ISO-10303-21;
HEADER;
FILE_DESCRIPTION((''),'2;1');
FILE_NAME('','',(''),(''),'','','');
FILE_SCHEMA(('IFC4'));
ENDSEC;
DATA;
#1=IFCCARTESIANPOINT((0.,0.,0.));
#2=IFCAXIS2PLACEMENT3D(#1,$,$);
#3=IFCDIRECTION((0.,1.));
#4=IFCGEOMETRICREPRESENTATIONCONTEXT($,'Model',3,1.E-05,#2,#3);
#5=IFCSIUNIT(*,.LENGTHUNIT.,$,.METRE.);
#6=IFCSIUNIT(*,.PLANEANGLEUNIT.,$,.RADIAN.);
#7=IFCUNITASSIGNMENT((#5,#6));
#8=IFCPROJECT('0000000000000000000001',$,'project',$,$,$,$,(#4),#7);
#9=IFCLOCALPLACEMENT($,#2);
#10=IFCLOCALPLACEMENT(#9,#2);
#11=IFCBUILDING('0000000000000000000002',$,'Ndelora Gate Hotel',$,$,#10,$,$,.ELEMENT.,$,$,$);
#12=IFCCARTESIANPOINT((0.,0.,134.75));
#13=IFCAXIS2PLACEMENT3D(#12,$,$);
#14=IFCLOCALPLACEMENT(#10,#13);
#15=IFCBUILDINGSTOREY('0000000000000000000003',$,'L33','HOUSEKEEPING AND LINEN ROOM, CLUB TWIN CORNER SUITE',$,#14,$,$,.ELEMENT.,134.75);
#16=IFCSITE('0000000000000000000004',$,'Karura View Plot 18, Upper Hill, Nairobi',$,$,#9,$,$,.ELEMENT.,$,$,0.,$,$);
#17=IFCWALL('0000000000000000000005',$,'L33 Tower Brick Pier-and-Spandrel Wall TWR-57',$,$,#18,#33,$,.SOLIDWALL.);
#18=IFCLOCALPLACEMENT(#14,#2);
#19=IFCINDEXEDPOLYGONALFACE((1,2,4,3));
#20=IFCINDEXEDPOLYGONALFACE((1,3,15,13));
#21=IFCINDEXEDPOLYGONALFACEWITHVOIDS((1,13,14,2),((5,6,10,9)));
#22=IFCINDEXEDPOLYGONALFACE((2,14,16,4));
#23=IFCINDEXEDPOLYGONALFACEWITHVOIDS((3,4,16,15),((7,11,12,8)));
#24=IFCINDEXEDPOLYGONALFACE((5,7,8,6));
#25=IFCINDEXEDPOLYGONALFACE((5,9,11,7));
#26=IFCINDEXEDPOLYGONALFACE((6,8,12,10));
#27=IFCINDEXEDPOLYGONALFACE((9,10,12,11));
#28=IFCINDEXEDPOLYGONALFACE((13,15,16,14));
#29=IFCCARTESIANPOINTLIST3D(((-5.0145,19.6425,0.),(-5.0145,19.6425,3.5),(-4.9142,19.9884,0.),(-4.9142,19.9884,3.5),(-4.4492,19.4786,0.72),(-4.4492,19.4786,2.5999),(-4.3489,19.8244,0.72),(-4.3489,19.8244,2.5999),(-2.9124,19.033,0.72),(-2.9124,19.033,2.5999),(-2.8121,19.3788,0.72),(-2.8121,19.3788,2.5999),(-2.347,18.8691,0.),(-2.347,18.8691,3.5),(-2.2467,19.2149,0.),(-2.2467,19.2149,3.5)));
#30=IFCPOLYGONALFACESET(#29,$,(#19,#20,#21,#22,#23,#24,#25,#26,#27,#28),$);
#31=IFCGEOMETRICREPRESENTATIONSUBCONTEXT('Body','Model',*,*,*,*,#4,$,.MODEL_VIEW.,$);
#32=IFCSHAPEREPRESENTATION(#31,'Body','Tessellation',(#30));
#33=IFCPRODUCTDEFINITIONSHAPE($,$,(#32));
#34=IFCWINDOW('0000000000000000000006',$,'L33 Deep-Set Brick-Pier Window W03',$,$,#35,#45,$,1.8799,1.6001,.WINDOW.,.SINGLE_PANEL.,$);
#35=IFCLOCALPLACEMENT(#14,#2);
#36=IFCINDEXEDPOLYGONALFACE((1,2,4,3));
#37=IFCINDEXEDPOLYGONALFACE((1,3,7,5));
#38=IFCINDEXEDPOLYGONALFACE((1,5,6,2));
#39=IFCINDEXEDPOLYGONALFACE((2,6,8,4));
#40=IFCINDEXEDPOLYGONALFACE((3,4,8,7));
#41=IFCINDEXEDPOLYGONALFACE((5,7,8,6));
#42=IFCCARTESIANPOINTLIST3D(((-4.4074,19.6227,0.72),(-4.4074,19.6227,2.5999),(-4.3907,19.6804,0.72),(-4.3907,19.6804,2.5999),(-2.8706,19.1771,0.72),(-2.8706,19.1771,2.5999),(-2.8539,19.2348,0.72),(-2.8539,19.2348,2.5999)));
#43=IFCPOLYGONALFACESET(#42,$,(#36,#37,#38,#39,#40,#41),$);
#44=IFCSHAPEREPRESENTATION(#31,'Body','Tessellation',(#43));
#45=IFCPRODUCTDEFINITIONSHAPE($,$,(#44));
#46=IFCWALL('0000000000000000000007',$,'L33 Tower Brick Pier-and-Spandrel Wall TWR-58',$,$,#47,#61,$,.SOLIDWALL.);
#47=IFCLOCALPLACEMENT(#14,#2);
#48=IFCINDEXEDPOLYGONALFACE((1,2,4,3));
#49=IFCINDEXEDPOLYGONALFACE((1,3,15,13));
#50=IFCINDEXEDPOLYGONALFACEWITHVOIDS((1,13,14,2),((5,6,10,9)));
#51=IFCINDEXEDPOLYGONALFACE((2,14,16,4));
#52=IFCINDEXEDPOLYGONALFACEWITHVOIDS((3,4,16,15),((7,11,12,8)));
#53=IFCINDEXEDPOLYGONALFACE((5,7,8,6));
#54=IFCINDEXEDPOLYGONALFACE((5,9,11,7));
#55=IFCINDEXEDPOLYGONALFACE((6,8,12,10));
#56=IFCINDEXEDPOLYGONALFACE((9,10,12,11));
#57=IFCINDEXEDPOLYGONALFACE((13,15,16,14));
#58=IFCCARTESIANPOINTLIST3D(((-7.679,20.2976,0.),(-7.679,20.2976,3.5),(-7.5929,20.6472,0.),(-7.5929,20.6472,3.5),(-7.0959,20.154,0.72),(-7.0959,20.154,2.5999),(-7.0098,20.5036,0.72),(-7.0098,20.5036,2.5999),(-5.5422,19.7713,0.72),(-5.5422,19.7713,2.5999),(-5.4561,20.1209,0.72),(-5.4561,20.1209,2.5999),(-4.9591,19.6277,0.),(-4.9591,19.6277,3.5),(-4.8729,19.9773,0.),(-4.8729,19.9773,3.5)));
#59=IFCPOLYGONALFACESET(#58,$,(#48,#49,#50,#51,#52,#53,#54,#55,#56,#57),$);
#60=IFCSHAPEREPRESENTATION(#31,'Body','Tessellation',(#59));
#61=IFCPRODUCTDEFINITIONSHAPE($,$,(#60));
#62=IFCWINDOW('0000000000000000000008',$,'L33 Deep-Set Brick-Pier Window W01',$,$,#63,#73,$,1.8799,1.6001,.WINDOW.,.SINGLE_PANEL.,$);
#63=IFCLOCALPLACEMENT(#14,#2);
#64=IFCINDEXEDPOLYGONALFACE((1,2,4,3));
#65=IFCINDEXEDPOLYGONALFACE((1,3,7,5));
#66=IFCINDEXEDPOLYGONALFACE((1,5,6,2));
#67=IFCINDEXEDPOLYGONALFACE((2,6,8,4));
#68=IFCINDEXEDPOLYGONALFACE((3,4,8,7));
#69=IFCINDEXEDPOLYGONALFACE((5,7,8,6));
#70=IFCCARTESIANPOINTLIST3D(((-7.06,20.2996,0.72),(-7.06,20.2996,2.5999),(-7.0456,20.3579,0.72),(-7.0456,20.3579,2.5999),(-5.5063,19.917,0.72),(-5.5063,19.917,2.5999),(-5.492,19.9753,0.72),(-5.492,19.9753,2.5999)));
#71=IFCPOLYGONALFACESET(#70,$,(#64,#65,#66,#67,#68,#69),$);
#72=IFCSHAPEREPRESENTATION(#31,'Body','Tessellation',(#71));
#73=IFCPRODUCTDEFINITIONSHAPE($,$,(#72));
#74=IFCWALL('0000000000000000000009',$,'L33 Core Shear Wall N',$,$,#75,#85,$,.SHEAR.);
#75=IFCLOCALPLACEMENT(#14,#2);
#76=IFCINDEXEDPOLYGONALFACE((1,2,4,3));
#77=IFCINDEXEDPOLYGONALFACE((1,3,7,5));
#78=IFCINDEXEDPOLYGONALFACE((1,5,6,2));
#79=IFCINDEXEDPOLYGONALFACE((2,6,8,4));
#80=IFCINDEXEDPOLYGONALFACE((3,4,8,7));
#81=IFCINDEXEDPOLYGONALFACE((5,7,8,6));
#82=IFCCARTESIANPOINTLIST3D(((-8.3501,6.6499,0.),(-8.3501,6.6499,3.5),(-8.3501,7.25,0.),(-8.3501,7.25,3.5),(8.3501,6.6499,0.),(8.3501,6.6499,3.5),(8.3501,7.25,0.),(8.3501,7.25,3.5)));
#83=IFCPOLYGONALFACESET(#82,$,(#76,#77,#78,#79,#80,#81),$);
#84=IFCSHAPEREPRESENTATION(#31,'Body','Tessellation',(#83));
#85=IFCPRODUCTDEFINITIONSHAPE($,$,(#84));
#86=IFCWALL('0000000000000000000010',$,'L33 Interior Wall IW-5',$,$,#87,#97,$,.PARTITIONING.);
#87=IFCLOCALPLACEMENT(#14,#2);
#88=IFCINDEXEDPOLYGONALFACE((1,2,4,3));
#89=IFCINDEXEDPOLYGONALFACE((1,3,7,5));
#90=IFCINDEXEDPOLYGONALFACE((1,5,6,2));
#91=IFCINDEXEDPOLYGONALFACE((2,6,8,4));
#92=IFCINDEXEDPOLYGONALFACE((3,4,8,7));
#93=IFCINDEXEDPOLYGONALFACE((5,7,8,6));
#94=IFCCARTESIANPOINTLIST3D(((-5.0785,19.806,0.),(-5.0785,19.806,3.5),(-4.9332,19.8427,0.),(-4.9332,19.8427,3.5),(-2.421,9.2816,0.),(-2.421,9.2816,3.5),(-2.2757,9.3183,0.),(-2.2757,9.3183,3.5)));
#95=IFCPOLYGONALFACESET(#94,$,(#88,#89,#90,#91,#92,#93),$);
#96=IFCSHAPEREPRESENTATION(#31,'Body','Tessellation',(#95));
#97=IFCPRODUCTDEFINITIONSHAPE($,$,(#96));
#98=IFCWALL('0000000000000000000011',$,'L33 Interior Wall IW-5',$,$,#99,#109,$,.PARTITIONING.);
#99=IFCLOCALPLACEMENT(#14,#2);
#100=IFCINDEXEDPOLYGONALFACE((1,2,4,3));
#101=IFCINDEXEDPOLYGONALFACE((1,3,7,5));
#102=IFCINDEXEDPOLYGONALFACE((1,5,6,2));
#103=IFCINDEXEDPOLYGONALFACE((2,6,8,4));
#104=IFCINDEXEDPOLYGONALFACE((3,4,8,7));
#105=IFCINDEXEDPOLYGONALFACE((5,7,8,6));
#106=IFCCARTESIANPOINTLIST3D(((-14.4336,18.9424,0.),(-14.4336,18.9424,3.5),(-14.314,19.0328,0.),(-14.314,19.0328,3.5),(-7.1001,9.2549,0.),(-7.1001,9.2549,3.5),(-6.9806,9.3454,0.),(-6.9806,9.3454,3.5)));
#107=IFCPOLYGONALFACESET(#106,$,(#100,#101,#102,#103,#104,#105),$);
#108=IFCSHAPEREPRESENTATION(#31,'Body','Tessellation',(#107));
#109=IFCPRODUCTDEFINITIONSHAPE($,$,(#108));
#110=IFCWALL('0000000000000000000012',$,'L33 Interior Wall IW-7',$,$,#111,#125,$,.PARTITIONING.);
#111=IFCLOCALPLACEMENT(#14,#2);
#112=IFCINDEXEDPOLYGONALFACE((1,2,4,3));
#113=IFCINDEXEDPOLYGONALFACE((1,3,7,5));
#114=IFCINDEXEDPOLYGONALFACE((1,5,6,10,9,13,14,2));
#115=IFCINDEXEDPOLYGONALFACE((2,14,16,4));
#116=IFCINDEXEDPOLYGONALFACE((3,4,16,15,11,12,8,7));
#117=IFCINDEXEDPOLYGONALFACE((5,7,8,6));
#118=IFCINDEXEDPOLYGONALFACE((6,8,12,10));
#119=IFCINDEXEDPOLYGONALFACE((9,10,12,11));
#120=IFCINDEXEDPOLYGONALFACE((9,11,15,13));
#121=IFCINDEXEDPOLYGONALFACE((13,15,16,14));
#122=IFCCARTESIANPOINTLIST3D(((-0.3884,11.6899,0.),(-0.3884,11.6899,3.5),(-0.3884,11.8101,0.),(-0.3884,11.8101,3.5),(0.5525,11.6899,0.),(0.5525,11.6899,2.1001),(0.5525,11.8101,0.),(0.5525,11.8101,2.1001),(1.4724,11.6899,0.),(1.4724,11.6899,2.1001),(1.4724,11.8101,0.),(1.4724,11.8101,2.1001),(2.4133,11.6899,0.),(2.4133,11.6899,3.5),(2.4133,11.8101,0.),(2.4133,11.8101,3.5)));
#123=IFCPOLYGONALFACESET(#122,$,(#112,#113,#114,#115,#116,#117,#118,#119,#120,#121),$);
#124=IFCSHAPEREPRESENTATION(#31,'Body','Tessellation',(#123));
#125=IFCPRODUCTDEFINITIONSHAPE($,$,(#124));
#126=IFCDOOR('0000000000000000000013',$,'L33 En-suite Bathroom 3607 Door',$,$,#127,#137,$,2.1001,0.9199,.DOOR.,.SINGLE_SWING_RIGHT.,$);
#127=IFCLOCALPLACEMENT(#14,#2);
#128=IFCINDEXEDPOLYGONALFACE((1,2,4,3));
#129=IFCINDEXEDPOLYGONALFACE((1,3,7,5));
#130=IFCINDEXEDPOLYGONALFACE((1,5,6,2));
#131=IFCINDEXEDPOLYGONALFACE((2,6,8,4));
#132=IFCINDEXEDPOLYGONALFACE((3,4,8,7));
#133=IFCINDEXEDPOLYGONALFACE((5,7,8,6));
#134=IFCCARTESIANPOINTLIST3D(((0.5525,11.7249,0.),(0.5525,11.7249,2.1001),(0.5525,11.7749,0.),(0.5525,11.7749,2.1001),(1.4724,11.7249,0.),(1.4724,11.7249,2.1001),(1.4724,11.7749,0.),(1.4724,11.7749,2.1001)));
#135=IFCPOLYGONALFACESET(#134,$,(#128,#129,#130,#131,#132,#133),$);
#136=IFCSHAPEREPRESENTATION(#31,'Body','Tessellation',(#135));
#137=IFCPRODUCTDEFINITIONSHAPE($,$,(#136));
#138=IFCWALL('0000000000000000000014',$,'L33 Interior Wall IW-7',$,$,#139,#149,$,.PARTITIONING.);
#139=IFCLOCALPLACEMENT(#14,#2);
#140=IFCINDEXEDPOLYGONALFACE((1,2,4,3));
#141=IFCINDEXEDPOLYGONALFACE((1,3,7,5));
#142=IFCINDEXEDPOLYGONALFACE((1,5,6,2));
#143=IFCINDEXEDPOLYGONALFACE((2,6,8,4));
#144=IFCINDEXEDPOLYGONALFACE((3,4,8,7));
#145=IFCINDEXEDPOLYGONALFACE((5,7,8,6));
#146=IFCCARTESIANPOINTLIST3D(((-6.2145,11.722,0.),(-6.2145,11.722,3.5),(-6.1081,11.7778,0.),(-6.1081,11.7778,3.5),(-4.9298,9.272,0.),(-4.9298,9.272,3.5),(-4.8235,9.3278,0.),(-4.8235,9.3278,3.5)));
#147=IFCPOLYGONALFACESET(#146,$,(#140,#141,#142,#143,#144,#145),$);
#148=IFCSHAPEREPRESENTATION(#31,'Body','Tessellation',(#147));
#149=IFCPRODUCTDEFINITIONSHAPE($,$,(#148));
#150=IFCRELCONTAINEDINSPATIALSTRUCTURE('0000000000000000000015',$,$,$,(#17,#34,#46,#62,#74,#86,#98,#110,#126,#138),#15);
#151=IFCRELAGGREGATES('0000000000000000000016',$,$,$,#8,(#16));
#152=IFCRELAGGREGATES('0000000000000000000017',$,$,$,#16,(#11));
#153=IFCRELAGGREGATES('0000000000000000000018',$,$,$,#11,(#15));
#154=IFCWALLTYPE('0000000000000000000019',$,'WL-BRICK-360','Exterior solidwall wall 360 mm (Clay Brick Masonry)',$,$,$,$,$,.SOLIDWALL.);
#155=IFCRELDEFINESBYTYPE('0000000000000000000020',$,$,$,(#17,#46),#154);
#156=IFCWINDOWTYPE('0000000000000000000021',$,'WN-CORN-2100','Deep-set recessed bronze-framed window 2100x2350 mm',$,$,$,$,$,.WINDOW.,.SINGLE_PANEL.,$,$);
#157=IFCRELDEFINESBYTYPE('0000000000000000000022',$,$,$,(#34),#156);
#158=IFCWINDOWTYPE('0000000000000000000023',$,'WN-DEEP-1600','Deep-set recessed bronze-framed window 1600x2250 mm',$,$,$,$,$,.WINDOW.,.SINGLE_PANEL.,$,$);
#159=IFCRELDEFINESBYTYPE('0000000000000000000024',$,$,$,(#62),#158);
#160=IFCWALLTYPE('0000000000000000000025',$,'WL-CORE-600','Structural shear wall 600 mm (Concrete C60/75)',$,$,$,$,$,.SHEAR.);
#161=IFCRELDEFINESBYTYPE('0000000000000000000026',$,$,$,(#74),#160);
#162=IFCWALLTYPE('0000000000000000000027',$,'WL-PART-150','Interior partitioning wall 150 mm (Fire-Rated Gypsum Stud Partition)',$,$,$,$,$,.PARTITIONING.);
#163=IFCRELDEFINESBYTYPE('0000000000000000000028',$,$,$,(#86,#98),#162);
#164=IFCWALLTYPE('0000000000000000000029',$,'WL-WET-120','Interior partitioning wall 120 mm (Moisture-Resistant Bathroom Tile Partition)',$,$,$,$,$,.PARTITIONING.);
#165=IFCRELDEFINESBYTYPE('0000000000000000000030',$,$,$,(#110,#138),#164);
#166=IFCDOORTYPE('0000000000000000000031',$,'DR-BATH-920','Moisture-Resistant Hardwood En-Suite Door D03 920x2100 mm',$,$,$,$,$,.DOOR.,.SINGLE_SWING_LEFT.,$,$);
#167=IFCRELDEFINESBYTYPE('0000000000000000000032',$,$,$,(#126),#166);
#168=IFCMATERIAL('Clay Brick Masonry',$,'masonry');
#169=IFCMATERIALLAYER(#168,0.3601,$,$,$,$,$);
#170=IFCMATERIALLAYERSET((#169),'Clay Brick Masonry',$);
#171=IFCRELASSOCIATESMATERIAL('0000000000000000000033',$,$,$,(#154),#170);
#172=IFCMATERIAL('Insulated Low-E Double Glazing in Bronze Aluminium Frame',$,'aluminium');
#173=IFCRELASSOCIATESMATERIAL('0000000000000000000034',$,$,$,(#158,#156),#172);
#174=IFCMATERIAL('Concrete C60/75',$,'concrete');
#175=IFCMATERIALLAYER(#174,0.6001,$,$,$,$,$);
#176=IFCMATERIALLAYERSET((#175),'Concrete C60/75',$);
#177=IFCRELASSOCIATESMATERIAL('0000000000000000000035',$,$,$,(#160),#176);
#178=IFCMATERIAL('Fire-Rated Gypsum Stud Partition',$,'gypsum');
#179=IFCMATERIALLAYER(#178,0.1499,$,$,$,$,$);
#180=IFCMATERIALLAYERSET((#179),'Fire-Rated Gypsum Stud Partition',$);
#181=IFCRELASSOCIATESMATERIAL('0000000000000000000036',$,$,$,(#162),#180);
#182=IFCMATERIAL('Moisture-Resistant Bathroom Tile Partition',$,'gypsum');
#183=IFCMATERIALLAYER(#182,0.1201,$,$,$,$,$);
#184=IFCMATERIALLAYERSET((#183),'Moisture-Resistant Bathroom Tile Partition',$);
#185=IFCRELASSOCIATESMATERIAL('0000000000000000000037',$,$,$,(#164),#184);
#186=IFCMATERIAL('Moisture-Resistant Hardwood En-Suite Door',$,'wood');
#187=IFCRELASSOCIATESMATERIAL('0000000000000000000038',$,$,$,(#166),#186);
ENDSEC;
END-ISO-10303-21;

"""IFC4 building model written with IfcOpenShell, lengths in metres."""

from ifc_helpers import new_model, si_unit, direction, frame, frame_2d, origin, place, context, subcontext, project, spatial, rectangle, extrude, material, layer, layer_set, type_object, element, fill, save


model = new_model("IFC4")

# Units and contexts
model_context = context("Model", 3, precision=1e-05, world=origin(), true_north=direction((0.0, 1.0)))
body_context = subcontext(model_context, "Body", "Model", "MODEL_VIEW")
ifc_project = project(units=[si_unit("LENGTHUNIT", "METRE"), si_unit("PLANEANGLEUNIT", "RADIAN")], contexts=[model_context])

# Site, building, storey
site_placement = place(None, origin())
site = spatial("IfcSite", under=ifc_project, at=site_placement, Name="Karura View Plot 18, Upper Hill, Nairobi", CompositionType="ELEMENT", RefElevation=0.0)
building_placement = place(site_placement, origin())
building = spatial("IfcBuilding", under=site, at=building_placement, Name="Ndelora Gate Hotel", CompositionType="ELEMENT")
storey_placement = place(building_placement, frame((0.0, 0.0, 134.75)))
storey = spatial("IfcBuildingStorey", under=building, at=storey_placement, Name="L33", Description="HOUSEKEEPING AND LINEN ROOM, CLUB TWIN CORNER SUITE", CompositionType="ELEMENT", Elevation=134.75)

# Shared definitions
ifc_material_1 = material(Name="Concrete C60/75", Category="concrete")

# Shared definitions
ifc_material_2 = material(Name="Clay Brick Masonry", Category="masonry")
ifc_layer_1 = layer(ifc_material_2, 0.3601)
ifc_layer_set_1 = layer_set([ifc_layer_1], Name="Clay Brick Masonry")
wall_type_1 = type_object("IfcWallType", Name="WL-BRICK-360", Description="Exterior solidwall wall 360 mm (Clay Brick Masonry)", PredefinedType="SOLIDWALL", material=ifc_layer_set_1)

# Walls, openings, windows
ifc_material_3 = material(Name="Insulated Low-E Double Glazing in Bronze Aluminium Frame", Category="aluminium")
window_type_1 = type_object("IfcWindowType", Name="WN-DEEP-1600", Description="Deep-set recessed bronze-framed window 1600x2250 mm", PartitioningType="SINGLE_PANEL", PredefinedType="WINDOW", material=ifc_material_3)
wall_1_placement = place(storey_placement, frame((-4.9644, 19.8154, 0.0), z_axis=(0.0, 0.0, 1.0), x_axis=(0.960442, -0.278481, 0.0)))
wall_1 = element("IfcWall", 1, at=wall_1_placement, inside=storey, type_object=wall_type_1, Name="L33 Tower Brick Pier-and-Spandrel Wall TWR-57", PredefinedType="SOLIDWALL", context=body_context, shape_type="SweptSolid", body=[
    extrude(rectangle(XDim=2.7773, YDim=0.3601, at=frame_2d((1.3887, 0.0))), origin(), (0.0, 0.0, 1.0), 3.5),
])
opening_1_placement = place(wall_1_placement, frame((0.5886, 0.0, 0.72)))
opening_1 = element("IfcOpeningElement", 2, at=opening_1_placement, cuts=wall_1, PredefinedType="OPENING", context=body_context, shape_type="SweptSolid", body=[
    extrude(rectangle(XDim=1.6001, YDim=1.8799, at=frame_2d((0.8, 0.9399))), frame((0.0, 0.1899, 0.0), z_axis=(0.0, -1.0, 0.0), x_axis=(1.0, 0.0, 0.0)), (0.0, 0.0, 1.0), 0.3801),
])
window_type_2 = type_object("IfcWindowType", Name="WN-CORN-2100", Description="Deep-set recessed bronze-framed window 2100x2350 mm", PartitioningType="SINGLE_PANEL", PredefinedType="WINDOW", material=ifc_material_3)
window_1_placement = place(opening_1_placement, origin())
window_1 = element("IfcWindow", 3, at=window_1_placement, inside=storey, type_object=window_type_2, Name="L33 Deep-Set Brick-Pier Window W03", OverallHeight=1.8799, OverallWidth=1.6001, PartitioningType="SINGLE_PANEL", PredefinedType="WINDOW", context=body_context, shape_type="SweptSolid", body=[
    extrude(rectangle(XDim=1.6001, YDim=1.8799, at=frame_2d((0.8, 0.9399))), frame((0.0, 0.03, 0.0), z_axis=(0.0, -1.0, 0.0), x_axis=(1.0, 0.0, 0.0)), (0.0, 0.0, 1.0), 0.0601),
])
fill(opening_1, window_1)
wall_2_placement = place(storey_placement, frame((-7.636, 20.4724, 0.0), z_axis=(0.0, 0.0, 1.0), x_axis=(0.970983, -0.239151, 0.0)))
wall_2 = element("IfcWall", 4, at=wall_2_placement, inside=storey, type_object=wall_type_1, Name="L33 Tower Brick Pier-and-Spandrel Wall TWR-58", PredefinedType="SOLIDWALL", context=body_context, shape_type="SweptSolid", body=[
    extrude(rectangle(XDim=2.8013, YDim=0.3601, at=frame_2d((1.4006, 0.0))), origin(), (0.0, 0.0, 1.0), 3.5),
])
opening_2_placement = place(wall_2_placement, frame((0.6006, 0.0, 0.72)))
opening_2 = element("IfcOpeningElement", 5, at=opening_2_placement, cuts=wall_2, PredefinedType="OPENING", context=body_context, shape_type="SweptSolid", body=[
    extrude(rectangle(XDim=1.6001, YDim=1.8799, at=frame_2d((0.8, 0.9399))), frame((0.0, 0.1899, 0.0), z_axis=(0.0, -1.0, 0.0), x_axis=(1.0, 0.0, 0.0)), (0.0, 0.0, 1.0), 0.3801),
])
window_2_placement = place(opening_2_placement, origin())
window_2 = element("IfcWindow", 6, at=window_2_placement, inside=storey, type_object=window_type_1, Name="L33 Deep-Set Brick-Pier Window W01", OverallHeight=1.8799, OverallWidth=1.6001, PartitioningType="SINGLE_PANEL", PredefinedType="WINDOW", context=body_context, shape_type="SweptSolid", body=[
    extrude(rectangle(XDim=1.6001, YDim=1.8799, at=frame_2d((0.8, 0.9399))), frame((0.0, 0.03, 0.0), z_axis=(0.0, -1.0, 0.0), x_axis=(1.0, 0.0, 0.0)), (0.0, 0.0, 1.0), 0.0601),
])
fill(opening_2, window_2)

# Wall
ifc_layer_2 = layer(ifc_material_1, 0.6001)
ifc_layer_set_2 = layer_set([ifc_layer_2], Name="Concrete C60/75")
wall_type_2 = type_object("IfcWallType", Name="WL-CORE-600", Description="Structural shear wall 600 mm (Concrete C60/75)", PredefinedType="SHEAR", material=ifc_layer_set_2)
wall_3_placement = place(storey_placement, frame((-8.3501, 6.95, 0.0), z_axis=(0.0, 0.0, 1.0), x_axis=(1.0, 0.0, 0.0)))
element("IfcWall", 7, at=wall_3_placement, inside=storey, type_object=wall_type_2, Name="L33 Core Shear Wall N", PredefinedType="SHEAR", context=body_context, shape_type="SweptSolid", body=[
    extrude(rectangle(XDim=16.7002, YDim=0.6001, at=frame_2d((8.3501, 0.0))), origin(), (0.0, 0.0, 1.0), 3.5),
])

# Shared definitions
ifc_material_4 = material(Name="Fire-Rated Gypsum Stud Partition", Category="gypsum")
ifc_layer_3 = layer(ifc_material_4, 0.1499)
ifc_layer_set_3 = layer_set([ifc_layer_3], Name="Fire-Rated Gypsum Stud Partition")
wall_type_3 = type_object("IfcWallType", Name="WL-PART-150", Description="Interior partitioning wall 150 mm (Fire-Rated Gypsum Stud Partition)", PredefinedType="PARTITIONING", material=ifc_layer_set_3)

# Walls
wall_4_placement = place(storey_placement, frame((-2.3484, 9.3, 0.0), z_axis=(0.0, 0.0, 1.0), x_axis=(-0.244821, 0.969568, 0.0)))
element("IfcWall", 8, at=wall_4_placement, inside=storey, type_object=wall_type_3, Name="L33 Interior Wall IW-5", PredefinedType="PARTITIONING", context=body_context, shape_type="SweptSolid", body=[
    extrude(rectangle(XDim=10.8547, YDim=0.1499, at=frame_2d((5.4272, 0.0))), origin(), (0.0, 0.0, 1.0), 3.5),
])
wall_5_placement = place(storey_placement, frame((-7.0403, 9.3, 0.0), z_axis=(0.0, 0.0, 1.0), x_axis=(-0.603569, 0.797311, 0.0)))
element("IfcWall", 9, at=wall_5_placement, inside=storey, type_object=wall_type_3, Name="L33 Interior Wall IW-5", PredefinedType="PARTITIONING", context=body_context, shape_type="SweptSolid", body=[
    extrude(rectangle(XDim=12.1501, YDim=0.1499, at=frame_2d((6.0752, 0.0))), origin(), (0.0, 0.0, 1.0), 3.5),
])

# Wall, opening, door
ifc_material_5 = material(Name="Moisture-Resistant Bathroom Tile Partition", Category="gypsum")
ifc_layer_4 = layer(ifc_material_5, 0.1201)
ifc_layer_set_4 = layer_set([ifc_layer_4], Name="Moisture-Resistant Bathroom Tile Partition")
wall_type_4 = type_object("IfcWallType", Name="WL-WET-120", Description="Interior partitioning wall 120 mm (Moisture-Resistant Bathroom Tile Partition)", PredefinedType="PARTITIONING", material=ifc_layer_set_4)
wall_6_placement = place(storey_placement, frame((-0.3884, 11.75, 0.0), z_axis=(0.0, 0.0, 1.0), x_axis=(1.0, 0.0, 0.0)))
wall_6 = element("IfcWall", 10, at=wall_6_placement, inside=storey, type_object=wall_type_4, Name="L33 Interior Wall IW-7", PredefinedType="PARTITIONING", context=body_context, shape_type="SweptSolid", body=[
    extrude(rectangle(XDim=2.8018, YDim=0.1201, at=frame_2d((1.4009, 0.0))), origin(), (0.0, 0.0, 1.0), 3.5),
])
opening_3_placement = place(wall_6_placement, frame((0.9409, 0.0, 0.0)))
opening_3 = element("IfcOpeningElement", 11, at=opening_3_placement, cuts=wall_6, PredefinedType="OPENING", context=body_context, shape_type="SweptSolid", body=[
    extrude(rectangle(XDim=0.9199, YDim=2.1001, at=frame_2d((0.46, 1.05))), frame((0.0, 0.0701, 0.0), z_axis=(0.0, -1.0, 0.0), x_axis=(1.0, 0.0, 0.0)), (0.0, 0.0, 1.0), 0.1401),
])
ifc_material_6 = material(Name="Moisture-Resistant Hardwood En-Suite Door", Category="wood")
door_type_1 = type_object("IfcDoorType", Name="DR-BATH-920", Description="Moisture-Resistant Hardwood En-Suite Door D03 920x2100 mm", OperationType="SINGLE_SWING_LEFT", PredefinedType="DOOR", material=ifc_material_6)
door_1_placement = place(opening_3_placement, origin())
door_1 = element("IfcDoor", 12, at=door_1_placement, inside=storey, type_object=door_type_1, Name="L33 En-suite Bathroom 3607 Door", OperationType="SINGLE_SWING_RIGHT", OverallHeight=2.1001, OverallWidth=0.9199, PredefinedType="DOOR", context=body_context, shape_type="SweptSolid", body=[
    extrude(rectangle(XDim=0.9199, YDim=2.1001, at=frame_2d((0.46, 1.05))), frame((0.0, 0.0249, 0.0), z_axis=(0.0, -1.0, 0.0), x_axis=(1.0, 0.0, 0.0)), (0.0, 0.0, 1.0), 0.05),
])
fill(opening_3, door_1)

# Wall
wall_7_placement = place(storey_placement, frame((-6.1614, 11.75, 0.0), z_axis=(0.0, 0.0, 1.0), x_axis=(0.464393, -0.885629, 0.0)))
element("IfcWall", 13, at=wall_7_placement, inside=storey, type_object=wall_type_4, Name="L33 Interior Wall IW-7", PredefinedType="PARTITIONING", context=body_context, shape_type="SweptSolid", body=[
    extrude(rectangle(XDim=2.7664, YDim=0.1201, at=frame_2d((1.3833, 0.0))), origin(), (0.0, 0.0, 1.0), 3.5),
])

save(model, "model.ifc")
